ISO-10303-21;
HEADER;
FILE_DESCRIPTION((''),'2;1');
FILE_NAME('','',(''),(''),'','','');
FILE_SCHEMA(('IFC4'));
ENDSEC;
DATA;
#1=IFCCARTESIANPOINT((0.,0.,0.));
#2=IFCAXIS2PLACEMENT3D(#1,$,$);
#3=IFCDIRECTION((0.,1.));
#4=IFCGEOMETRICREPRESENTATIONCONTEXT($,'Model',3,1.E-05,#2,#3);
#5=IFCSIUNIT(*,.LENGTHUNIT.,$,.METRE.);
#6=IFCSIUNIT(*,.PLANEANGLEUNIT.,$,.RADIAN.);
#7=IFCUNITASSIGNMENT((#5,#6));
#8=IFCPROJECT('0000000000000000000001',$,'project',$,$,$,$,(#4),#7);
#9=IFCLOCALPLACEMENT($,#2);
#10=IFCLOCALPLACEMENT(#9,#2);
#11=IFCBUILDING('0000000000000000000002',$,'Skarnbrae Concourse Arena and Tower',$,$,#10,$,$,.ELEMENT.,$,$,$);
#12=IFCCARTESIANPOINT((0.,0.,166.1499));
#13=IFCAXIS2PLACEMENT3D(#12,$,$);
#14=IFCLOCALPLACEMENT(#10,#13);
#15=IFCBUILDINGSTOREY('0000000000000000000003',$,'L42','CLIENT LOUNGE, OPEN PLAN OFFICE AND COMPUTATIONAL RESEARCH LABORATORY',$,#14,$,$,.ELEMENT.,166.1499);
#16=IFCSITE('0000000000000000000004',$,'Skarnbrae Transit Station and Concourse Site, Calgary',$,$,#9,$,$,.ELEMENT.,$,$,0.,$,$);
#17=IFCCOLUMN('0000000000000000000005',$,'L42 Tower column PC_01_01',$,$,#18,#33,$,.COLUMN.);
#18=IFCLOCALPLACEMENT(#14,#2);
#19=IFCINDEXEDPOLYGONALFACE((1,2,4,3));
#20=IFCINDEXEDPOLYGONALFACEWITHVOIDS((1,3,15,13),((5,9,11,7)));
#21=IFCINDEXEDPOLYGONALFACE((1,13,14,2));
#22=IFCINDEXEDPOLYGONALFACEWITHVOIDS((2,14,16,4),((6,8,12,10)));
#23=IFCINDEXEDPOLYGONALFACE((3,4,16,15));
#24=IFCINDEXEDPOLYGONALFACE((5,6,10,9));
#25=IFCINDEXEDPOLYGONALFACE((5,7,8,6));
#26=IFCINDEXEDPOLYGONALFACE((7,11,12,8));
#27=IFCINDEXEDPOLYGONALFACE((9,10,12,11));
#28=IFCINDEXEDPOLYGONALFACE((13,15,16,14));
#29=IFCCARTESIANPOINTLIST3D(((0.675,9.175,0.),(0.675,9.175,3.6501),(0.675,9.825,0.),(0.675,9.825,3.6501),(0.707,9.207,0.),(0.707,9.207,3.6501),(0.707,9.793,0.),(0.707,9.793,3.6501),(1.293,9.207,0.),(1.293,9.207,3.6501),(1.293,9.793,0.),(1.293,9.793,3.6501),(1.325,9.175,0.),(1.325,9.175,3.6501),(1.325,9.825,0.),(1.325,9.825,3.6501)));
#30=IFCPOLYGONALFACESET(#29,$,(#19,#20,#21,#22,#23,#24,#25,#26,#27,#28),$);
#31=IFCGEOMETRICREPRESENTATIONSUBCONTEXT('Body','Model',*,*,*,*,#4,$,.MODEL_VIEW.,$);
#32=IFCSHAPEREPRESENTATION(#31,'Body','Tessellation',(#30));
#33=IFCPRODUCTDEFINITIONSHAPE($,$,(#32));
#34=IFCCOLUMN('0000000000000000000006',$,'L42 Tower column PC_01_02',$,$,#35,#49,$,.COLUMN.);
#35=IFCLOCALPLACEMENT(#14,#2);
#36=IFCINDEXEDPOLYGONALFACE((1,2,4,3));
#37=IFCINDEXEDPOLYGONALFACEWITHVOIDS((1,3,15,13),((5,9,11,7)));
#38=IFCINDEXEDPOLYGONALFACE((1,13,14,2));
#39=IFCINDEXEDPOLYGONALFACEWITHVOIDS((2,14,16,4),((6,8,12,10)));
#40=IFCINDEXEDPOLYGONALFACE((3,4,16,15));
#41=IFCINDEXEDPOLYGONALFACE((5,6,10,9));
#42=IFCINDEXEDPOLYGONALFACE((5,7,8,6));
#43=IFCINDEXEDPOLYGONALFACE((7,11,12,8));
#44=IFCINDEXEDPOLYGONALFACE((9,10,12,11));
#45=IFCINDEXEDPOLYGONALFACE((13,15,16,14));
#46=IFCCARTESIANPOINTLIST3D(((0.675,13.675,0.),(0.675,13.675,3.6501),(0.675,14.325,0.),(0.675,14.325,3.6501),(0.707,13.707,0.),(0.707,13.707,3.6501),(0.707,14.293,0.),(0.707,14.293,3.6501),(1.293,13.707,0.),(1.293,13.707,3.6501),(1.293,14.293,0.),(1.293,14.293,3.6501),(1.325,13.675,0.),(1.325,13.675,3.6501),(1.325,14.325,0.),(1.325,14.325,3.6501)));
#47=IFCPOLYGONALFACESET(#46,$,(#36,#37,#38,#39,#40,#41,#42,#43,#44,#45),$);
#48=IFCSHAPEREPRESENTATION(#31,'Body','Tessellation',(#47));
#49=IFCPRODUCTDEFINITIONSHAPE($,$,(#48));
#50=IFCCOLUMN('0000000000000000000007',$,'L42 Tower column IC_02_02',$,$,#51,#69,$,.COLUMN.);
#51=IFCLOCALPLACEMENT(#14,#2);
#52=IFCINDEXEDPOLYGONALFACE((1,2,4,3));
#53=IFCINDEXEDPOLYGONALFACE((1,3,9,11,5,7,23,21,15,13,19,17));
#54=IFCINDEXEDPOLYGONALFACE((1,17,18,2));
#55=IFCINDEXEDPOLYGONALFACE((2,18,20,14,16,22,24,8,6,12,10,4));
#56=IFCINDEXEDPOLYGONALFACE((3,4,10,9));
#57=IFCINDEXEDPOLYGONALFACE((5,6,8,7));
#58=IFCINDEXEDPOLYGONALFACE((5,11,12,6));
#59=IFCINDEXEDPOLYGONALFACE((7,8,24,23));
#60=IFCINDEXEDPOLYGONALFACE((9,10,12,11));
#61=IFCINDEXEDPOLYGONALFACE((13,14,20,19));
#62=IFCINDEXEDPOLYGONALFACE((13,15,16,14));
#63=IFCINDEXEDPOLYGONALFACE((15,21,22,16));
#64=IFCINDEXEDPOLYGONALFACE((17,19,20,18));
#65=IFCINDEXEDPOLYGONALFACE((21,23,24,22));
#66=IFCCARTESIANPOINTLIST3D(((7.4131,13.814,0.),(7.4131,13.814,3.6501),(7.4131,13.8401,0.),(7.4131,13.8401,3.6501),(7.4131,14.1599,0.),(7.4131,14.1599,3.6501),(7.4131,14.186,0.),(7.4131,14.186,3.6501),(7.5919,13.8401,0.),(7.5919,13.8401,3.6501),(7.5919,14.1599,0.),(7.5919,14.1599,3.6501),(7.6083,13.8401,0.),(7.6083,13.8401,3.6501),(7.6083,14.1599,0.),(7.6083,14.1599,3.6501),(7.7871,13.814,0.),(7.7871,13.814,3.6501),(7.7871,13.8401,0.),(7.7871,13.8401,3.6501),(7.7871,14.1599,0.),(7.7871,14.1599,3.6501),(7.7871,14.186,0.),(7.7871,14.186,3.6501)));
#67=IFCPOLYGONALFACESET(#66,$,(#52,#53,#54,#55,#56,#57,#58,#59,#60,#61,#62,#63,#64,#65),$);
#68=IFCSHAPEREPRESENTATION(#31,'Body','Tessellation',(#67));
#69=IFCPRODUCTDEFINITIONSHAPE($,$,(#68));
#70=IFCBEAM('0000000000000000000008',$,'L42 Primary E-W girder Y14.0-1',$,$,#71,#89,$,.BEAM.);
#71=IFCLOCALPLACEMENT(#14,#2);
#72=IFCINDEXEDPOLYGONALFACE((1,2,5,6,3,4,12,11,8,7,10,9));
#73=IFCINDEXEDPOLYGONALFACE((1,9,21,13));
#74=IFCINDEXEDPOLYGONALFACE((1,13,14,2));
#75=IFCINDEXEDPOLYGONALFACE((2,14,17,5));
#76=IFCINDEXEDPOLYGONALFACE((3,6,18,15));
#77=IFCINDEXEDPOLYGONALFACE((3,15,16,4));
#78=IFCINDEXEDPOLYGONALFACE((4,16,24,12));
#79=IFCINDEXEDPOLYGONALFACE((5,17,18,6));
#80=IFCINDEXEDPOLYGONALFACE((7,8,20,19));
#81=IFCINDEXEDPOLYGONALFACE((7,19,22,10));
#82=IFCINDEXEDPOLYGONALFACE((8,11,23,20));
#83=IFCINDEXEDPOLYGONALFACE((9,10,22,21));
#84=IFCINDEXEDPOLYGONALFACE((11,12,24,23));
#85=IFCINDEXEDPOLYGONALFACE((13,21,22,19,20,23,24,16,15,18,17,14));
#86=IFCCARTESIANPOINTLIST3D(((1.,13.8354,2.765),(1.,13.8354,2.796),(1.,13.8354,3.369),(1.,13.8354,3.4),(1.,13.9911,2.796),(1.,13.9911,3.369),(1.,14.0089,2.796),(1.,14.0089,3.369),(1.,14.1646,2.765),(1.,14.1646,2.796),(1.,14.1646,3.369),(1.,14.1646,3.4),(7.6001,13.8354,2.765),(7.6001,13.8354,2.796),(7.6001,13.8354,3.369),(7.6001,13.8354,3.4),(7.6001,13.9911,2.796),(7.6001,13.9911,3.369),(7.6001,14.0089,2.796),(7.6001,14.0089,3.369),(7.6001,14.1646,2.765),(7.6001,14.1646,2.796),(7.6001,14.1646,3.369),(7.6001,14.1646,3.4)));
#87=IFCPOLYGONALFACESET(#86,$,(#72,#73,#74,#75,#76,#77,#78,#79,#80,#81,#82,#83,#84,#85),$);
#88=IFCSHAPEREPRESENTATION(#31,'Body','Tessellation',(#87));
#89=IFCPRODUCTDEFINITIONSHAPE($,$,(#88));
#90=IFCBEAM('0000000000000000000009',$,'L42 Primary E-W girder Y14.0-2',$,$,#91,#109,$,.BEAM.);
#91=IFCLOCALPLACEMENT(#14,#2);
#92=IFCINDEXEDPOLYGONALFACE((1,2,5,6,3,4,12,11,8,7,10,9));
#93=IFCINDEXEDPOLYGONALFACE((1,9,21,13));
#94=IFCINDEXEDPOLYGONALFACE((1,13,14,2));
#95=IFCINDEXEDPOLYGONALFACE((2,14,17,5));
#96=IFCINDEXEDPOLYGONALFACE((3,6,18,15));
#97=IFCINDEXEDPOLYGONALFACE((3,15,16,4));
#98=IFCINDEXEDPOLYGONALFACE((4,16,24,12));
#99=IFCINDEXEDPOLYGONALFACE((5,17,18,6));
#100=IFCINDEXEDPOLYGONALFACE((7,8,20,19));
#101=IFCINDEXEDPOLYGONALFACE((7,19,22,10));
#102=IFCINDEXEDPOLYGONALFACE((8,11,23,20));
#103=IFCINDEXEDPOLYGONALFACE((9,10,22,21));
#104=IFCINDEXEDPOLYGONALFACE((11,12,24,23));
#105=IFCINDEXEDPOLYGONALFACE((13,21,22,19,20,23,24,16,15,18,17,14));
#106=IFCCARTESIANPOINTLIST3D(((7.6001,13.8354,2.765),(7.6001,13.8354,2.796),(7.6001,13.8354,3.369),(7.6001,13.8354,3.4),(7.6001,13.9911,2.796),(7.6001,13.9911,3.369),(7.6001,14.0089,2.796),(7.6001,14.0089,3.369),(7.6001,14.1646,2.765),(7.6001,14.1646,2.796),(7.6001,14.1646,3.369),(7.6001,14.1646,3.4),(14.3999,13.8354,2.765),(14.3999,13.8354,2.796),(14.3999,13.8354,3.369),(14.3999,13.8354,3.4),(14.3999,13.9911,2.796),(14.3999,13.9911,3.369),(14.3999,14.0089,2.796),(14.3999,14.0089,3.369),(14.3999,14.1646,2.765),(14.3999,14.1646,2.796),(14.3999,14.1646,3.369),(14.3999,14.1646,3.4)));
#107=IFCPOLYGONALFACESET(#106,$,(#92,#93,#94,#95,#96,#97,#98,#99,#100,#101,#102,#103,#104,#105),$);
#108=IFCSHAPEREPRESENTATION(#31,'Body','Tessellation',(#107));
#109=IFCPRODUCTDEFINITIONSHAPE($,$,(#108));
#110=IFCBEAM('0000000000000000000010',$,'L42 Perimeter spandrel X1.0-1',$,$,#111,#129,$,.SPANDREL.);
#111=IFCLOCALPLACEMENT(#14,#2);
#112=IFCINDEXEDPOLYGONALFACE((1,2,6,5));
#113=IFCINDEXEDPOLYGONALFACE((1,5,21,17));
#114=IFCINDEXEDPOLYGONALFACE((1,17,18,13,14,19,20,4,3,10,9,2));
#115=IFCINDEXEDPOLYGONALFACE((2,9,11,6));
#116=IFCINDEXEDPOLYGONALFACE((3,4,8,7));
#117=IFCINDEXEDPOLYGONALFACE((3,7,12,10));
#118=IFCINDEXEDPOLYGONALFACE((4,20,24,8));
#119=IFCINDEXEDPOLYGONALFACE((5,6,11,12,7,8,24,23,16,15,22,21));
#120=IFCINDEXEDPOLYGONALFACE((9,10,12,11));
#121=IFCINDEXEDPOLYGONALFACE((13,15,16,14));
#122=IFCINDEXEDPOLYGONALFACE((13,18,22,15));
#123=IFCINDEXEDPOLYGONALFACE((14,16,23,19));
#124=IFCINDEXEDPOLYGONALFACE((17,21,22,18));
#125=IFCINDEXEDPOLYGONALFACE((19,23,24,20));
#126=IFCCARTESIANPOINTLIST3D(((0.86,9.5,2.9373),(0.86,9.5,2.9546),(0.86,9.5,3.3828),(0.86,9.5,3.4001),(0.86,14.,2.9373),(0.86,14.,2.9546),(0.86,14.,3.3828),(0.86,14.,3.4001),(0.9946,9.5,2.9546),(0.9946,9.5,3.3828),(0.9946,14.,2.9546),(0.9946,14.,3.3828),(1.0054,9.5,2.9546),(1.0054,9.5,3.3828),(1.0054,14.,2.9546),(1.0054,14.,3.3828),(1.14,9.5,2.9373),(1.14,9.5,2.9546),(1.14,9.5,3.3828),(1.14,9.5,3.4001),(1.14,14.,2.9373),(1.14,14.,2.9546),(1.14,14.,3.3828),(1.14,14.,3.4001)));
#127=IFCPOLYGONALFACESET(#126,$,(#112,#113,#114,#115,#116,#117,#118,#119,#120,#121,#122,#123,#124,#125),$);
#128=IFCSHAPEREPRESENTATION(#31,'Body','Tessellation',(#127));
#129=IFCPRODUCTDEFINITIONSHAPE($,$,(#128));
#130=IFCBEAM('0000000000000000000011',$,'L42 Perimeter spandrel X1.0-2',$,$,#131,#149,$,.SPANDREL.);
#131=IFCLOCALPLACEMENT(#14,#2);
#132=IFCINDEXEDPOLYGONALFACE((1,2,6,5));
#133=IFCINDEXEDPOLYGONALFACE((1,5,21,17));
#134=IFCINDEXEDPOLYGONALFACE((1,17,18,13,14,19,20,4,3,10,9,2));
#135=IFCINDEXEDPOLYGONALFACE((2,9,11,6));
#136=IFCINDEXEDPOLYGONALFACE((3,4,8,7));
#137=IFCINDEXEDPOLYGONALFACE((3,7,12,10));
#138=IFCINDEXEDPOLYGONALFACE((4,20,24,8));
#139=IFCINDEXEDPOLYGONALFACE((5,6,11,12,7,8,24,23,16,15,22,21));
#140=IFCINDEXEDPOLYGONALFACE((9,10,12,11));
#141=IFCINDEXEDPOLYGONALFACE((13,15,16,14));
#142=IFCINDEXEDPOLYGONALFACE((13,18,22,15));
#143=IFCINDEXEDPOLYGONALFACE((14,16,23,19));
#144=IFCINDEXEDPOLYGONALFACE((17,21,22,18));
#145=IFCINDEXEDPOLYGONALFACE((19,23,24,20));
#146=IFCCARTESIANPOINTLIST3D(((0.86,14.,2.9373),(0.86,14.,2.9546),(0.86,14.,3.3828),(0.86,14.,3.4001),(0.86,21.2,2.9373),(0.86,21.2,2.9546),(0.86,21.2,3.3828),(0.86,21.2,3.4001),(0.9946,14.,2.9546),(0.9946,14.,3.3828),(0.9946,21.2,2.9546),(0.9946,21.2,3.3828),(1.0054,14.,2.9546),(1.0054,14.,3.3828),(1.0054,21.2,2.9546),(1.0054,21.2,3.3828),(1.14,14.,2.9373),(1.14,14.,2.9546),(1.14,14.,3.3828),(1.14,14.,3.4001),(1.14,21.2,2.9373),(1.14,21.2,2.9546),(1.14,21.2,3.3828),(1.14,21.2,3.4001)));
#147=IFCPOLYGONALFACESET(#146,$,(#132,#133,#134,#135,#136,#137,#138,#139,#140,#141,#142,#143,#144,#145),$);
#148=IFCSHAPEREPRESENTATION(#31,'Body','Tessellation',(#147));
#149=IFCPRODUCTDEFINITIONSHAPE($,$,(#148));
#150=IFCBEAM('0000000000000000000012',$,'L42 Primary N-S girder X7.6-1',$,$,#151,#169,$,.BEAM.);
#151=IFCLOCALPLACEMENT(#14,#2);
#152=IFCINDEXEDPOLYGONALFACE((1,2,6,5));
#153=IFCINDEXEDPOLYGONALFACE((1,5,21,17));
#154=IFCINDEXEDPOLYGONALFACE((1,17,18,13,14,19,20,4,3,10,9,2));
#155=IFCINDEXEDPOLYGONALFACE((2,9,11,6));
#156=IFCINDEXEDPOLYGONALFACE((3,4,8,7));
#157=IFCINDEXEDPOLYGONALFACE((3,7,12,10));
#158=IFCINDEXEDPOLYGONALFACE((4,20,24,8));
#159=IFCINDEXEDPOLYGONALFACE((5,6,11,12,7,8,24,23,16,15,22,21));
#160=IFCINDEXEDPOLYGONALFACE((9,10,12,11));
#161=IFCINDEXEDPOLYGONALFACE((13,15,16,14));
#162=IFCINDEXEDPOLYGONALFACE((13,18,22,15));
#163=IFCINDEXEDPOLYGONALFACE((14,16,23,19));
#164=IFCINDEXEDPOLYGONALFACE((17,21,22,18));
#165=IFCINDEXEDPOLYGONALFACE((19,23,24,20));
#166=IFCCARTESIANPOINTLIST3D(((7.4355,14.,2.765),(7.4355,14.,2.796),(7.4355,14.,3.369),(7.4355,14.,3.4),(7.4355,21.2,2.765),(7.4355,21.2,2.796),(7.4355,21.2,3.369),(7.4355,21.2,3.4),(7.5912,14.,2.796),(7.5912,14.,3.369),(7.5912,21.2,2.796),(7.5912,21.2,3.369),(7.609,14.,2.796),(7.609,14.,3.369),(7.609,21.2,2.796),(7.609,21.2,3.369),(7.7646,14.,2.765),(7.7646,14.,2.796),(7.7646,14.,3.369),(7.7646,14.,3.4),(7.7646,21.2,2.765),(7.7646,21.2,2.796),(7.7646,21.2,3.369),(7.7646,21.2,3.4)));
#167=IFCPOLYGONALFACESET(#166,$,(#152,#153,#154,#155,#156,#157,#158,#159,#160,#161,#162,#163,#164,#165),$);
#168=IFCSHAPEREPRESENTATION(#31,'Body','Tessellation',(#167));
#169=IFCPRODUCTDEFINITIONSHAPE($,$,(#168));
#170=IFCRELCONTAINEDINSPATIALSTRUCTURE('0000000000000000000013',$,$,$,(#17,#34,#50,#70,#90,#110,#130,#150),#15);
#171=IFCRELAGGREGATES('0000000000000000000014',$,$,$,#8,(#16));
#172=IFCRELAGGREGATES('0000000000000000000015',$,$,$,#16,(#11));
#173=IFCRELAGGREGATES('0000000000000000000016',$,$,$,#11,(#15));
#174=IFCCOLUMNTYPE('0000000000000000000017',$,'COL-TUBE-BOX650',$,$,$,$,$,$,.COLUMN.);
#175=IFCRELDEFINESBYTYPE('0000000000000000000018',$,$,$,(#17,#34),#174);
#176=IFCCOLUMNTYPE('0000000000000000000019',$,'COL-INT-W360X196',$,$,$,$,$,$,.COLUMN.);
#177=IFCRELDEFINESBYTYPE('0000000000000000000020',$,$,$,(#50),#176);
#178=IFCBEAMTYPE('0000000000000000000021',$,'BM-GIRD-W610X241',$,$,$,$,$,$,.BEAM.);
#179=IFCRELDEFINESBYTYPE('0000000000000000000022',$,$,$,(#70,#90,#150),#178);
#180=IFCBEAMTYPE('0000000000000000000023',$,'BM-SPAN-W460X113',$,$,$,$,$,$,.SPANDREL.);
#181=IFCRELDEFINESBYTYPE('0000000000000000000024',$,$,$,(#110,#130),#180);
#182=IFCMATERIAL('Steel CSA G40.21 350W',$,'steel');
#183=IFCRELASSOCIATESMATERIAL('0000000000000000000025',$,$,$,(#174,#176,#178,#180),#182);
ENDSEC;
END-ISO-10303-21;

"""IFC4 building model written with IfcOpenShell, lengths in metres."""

from ifc_helpers import new_model, si_unit, direction, frame, origin, origin_2d, place, context, subcontext, project, spatial, hollow_rectangle, i_section, extrude, source, transform, mapped, material, material_profile, profile_set, type_object, element, save


model = new_model("IFC4")

# Units and contexts
model_context = context("Model", 3, precision=1e-05, world=origin(), true_north=direction((0.0, 1.0)))
body_context = subcontext(model_context, "Body", "Model", "MODEL_VIEW")
ifc_project = project(units=[si_unit("LENGTHUNIT", "METRE"), si_unit("PLANEANGLEUNIT", "RADIAN")], contexts=[model_context])

# Site, building, storey
site_placement = place(None, origin())
site = spatial("IfcSite", under=ifc_project, at=site_placement, Name="Skarnbrae Transit Station and Concourse Site, Calgary", CompositionType="ELEMENT", RefElevation=0.0)
building_placement = place(site_placement, origin())
building = spatial("IfcBuilding", under=site, at=building_placement, Name="Skarnbrae Concourse Arena and Tower", CompositionType="ELEMENT")
storey_placement = place(building_placement, frame((0.0, 0.0, 166.1499)))
storey = spatial("IfcBuildingStorey", under=building, at=storey_placement, Name="L42", Description="CLIENT LOUNGE, OPEN PLAN OFFICE AND COMPUTATIONAL RESEARCH LABORATORY", CompositionType="ELEMENT", Elevation=166.1499)

# Columns
ifc_material_1 = material(Name="Steel CSA G40.21 350W", Category="steel")
ifc_material_profile_1 = material_profile(ifc_material_1, hollow_rectangle(XDim=0.6499, YDim=0.6499, WallThickness=0.032, at=origin_2d()), Name="BOX650X650X32")
ifc_profile_set_1 = profile_set([ifc_material_profile_1], Name="Steel CSA G40.21 350W")
column_type_1 = type_object("IfcColumnType", Name="COL-TUBE-BOX650", PredefinedType="COLUMN", material=ifc_profile_set_1)
shared_shape_1 = source(origin(), body_context, "Body", "SweptSolid", [
    extrude(hollow_rectangle(XDim=0.6499, YDim=0.6499, WallThickness=0.032, at=origin_2d()), origin(), (0.0, 0.0, 1.0), 3.6501),
])
for number, where, z_axis, x_axis, name in (
    (1, (1.0, 9.5, 0.0), (0.0, 0.0, 1.0), (1.0, 0.0, 0.0), "L42 Tower column PC_01_01"),
    (2, (1.0, 14.0, 0.0), (0.0, 0.0, 1.0), (1.0, 0.0, 0.0), "L42 Tower column PC_01_02"),
):
    element("IfcColumn", number, at=place(storey_placement, frame(where, z_axis=z_axis, x_axis=x_axis)), inside=storey, type_object=column_type_1, Name=name, PredefinedType="COLUMN", context=body_context, shape_type="MappedRepresentation", body=[
        mapped(shared_shape_1, transform((0.0, 0.0, 0.0))),
    ])
ifc_material_profile_2 = material_profile(ifc_material_1, i_section(OverallWidth=0.374, OverallDepth=0.3721, WebThickness=0.0164, FlangeThickness=0.0261, at=origin_2d()), Name="W360X196")
ifc_profile_set_2 = profile_set([ifc_material_profile_2], Name="Steel CSA G40.21 350W")
column_type_2 = type_object("IfcColumnType", Name="COL-INT-W360X196", PredefinedType="COLUMN", material=ifc_profile_set_2)
shared_shape_2 = source(origin(), body_context, "Body", "SweptSolid", [
    extrude(i_section(OverallWidth=0.374, OverallDepth=0.3721, WebThickness=0.0164, FlangeThickness=0.0261, at=origin_2d()), origin(), (0.0, 0.0, 1.0), 3.6501),
])
column_placement = place(storey_placement, frame((7.6001, 14.0, 0.0), z_axis=(0.0, 0.0, 1.0), x_axis=(1.0, 0.0, 0.0)))
element("IfcColumn", 3, at=column_placement, inside=storey, type_object=column_type_2, Name="L42 Tower column IC_02_02", PredefinedType="COLUMN", context=body_context, shape_type="MappedRepresentation", body=[
    mapped(shared_shape_2, transform((0.0, 0.0, 0.0))),
])

# Beams
ifc_material_profile_3 = material_profile(ifc_material_1, i_section(OverallWidth=0.3291, OverallDepth=0.635, WebThickness=0.0178, FlangeThickness=0.031, at=origin_2d()), Name="W610X241")
ifc_profile_set_3 = profile_set([ifc_material_profile_3], Name="Steel CSA G40.21 350W")
beam_type_1 = type_object("IfcBeamType", Name="BM-GIRD-W610X241", PredefinedType="BEAM", material=ifc_profile_set_3)
shared_shape_3 = source(origin(), body_context, "Body", "SweptSolid", [
    extrude(i_section(OverallWidth=0.3291, OverallDepth=0.635, WebThickness=0.0178, FlangeThickness=0.031, at=origin_2d()), origin(), (0.0, 0.0, 1.0), 6.6001),
])
beam_1_placement = place(storey_placement, frame((1.0, 14.0, 3.0825), z_axis=(1.0, 0.0, 0.0), x_axis=(0.0, 1.0, 0.0)))
element("IfcBeam", 4, at=beam_1_placement, inside=storey, type_object=beam_type_1, Name="L42 Primary E-W girder Y14.0-1", PredefinedType="BEAM", context=body_context, shape_type="MappedRepresentation", body=[
    mapped(shared_shape_3, transform((0.0, 0.0, 0.0))),
])
shared_shape_4 = source(origin(), body_context, "Body", "SweptSolid", [
    extrude(i_section(OverallWidth=0.3291, OverallDepth=0.635, WebThickness=0.0178, FlangeThickness=0.031, at=origin_2d()), origin(), (0.0, 0.0, 1.0), 6.7998),
])
beam_2_placement = place(storey_placement, frame((7.6001, 14.0, 3.0825), z_axis=(1.0, 0.0, 0.0), x_axis=(0.0, 1.0, 0.0)))
element("IfcBeam", 5, at=beam_2_placement, inside=storey, type_object=beam_type_1, Name="L42 Primary E-W girder Y14.0-2", PredefinedType="BEAM", context=body_context, shape_type="MappedRepresentation", body=[
    mapped(shared_shape_4, transform((0.0, 0.0, 0.0))),
])
ifc_material_profile_4 = material_profile(ifc_material_1, i_section(OverallWidth=0.28, OverallDepth=0.4629, WebThickness=0.0107, FlangeThickness=0.0173, at=origin_2d()), Name="W460X113")
ifc_profile_set_4 = profile_set([ifc_material_profile_4], Name="Steel CSA G40.21 350W")
beam_type_2 = type_object("IfcBeamType", Name="BM-SPAN-W460X113", PredefinedType="SPANDREL", material=ifc_profile_set_4)
shared_shape_5 = source(origin(), body_context, "Body", "SweptSolid", [
    extrude(i_section(OverallWidth=0.28, OverallDepth=0.4629, WebThickness=0.0107, FlangeThickness=0.0173, at=origin_2d()), origin(), (0.0, 0.0, 1.0), 4.5),
])
beam_3_placement = place(storey_placement, frame((1.0, 9.5, 3.1687), z_axis=(0.0, 1.0, 0.0), x_axis=(-1.0, 0.0, 0.0)))
element("IfcBeam", 6, at=beam_3_placement, inside=storey, type_object=beam_type_2, Name="L42 Perimeter spandrel X1.0-1", PredefinedType="SPANDREL", context=body_context, shape_type="MappedRepresentation", body=[
    mapped(shared_shape_5, transform((0.0, 0.0, 0.0))),
])
shared_shape_6 = source(origin(), body_context, "Body", "SweptSolid", [
    extrude(i_section(OverallWidth=0.28, OverallDepth=0.4629, WebThickness=0.0107, FlangeThickness=0.0173, at=origin_2d()), origin(), (0.0, 0.0, 1.0), 7.2),
])
beam_4_placement = place(storey_placement, frame((1.0, 14.0, 3.1687), z_axis=(0.0, 1.0, 0.0), x_axis=(-1.0, 0.0, 0.0)))
element("IfcBeam", 7, at=beam_4_placement, inside=storey, type_object=beam_type_2, Name="L42 Perimeter spandrel X1.0-2", PredefinedType="SPANDREL", context=body_context, shape_type="MappedRepresentation", body=[
    mapped(shared_shape_6, transform((0.0, 0.0, 0.0))),
])
shared_shape_7 = source(origin(), body_context, "Body", "SweptSolid", [
    extrude(i_section(OverallWidth=0.3291, OverallDepth=0.635, WebThickness=0.0178, FlangeThickness=0.031, at=origin_2d()), origin(), (0.0, 0.0, 1.0), 7.2),
])
beam_5_placement = place(storey_placement, frame((7.6001, 14.0, 3.0825), z_axis=(0.0, 1.0, 0.0), x_axis=(-1.0, 0.0, 0.0)))
element("IfcBeam", 8, at=beam_5_placement, inside=storey, type_object=beam_type_1, Name="L42 Primary N-S girder X7.6-1", PredefinedType="BEAM", context=body_context, shape_type="MappedRepresentation", body=[
    mapped(shared_shape_7, transform((0.0, 0.0, 0.0))),
])

save(model, "model.ifc")
